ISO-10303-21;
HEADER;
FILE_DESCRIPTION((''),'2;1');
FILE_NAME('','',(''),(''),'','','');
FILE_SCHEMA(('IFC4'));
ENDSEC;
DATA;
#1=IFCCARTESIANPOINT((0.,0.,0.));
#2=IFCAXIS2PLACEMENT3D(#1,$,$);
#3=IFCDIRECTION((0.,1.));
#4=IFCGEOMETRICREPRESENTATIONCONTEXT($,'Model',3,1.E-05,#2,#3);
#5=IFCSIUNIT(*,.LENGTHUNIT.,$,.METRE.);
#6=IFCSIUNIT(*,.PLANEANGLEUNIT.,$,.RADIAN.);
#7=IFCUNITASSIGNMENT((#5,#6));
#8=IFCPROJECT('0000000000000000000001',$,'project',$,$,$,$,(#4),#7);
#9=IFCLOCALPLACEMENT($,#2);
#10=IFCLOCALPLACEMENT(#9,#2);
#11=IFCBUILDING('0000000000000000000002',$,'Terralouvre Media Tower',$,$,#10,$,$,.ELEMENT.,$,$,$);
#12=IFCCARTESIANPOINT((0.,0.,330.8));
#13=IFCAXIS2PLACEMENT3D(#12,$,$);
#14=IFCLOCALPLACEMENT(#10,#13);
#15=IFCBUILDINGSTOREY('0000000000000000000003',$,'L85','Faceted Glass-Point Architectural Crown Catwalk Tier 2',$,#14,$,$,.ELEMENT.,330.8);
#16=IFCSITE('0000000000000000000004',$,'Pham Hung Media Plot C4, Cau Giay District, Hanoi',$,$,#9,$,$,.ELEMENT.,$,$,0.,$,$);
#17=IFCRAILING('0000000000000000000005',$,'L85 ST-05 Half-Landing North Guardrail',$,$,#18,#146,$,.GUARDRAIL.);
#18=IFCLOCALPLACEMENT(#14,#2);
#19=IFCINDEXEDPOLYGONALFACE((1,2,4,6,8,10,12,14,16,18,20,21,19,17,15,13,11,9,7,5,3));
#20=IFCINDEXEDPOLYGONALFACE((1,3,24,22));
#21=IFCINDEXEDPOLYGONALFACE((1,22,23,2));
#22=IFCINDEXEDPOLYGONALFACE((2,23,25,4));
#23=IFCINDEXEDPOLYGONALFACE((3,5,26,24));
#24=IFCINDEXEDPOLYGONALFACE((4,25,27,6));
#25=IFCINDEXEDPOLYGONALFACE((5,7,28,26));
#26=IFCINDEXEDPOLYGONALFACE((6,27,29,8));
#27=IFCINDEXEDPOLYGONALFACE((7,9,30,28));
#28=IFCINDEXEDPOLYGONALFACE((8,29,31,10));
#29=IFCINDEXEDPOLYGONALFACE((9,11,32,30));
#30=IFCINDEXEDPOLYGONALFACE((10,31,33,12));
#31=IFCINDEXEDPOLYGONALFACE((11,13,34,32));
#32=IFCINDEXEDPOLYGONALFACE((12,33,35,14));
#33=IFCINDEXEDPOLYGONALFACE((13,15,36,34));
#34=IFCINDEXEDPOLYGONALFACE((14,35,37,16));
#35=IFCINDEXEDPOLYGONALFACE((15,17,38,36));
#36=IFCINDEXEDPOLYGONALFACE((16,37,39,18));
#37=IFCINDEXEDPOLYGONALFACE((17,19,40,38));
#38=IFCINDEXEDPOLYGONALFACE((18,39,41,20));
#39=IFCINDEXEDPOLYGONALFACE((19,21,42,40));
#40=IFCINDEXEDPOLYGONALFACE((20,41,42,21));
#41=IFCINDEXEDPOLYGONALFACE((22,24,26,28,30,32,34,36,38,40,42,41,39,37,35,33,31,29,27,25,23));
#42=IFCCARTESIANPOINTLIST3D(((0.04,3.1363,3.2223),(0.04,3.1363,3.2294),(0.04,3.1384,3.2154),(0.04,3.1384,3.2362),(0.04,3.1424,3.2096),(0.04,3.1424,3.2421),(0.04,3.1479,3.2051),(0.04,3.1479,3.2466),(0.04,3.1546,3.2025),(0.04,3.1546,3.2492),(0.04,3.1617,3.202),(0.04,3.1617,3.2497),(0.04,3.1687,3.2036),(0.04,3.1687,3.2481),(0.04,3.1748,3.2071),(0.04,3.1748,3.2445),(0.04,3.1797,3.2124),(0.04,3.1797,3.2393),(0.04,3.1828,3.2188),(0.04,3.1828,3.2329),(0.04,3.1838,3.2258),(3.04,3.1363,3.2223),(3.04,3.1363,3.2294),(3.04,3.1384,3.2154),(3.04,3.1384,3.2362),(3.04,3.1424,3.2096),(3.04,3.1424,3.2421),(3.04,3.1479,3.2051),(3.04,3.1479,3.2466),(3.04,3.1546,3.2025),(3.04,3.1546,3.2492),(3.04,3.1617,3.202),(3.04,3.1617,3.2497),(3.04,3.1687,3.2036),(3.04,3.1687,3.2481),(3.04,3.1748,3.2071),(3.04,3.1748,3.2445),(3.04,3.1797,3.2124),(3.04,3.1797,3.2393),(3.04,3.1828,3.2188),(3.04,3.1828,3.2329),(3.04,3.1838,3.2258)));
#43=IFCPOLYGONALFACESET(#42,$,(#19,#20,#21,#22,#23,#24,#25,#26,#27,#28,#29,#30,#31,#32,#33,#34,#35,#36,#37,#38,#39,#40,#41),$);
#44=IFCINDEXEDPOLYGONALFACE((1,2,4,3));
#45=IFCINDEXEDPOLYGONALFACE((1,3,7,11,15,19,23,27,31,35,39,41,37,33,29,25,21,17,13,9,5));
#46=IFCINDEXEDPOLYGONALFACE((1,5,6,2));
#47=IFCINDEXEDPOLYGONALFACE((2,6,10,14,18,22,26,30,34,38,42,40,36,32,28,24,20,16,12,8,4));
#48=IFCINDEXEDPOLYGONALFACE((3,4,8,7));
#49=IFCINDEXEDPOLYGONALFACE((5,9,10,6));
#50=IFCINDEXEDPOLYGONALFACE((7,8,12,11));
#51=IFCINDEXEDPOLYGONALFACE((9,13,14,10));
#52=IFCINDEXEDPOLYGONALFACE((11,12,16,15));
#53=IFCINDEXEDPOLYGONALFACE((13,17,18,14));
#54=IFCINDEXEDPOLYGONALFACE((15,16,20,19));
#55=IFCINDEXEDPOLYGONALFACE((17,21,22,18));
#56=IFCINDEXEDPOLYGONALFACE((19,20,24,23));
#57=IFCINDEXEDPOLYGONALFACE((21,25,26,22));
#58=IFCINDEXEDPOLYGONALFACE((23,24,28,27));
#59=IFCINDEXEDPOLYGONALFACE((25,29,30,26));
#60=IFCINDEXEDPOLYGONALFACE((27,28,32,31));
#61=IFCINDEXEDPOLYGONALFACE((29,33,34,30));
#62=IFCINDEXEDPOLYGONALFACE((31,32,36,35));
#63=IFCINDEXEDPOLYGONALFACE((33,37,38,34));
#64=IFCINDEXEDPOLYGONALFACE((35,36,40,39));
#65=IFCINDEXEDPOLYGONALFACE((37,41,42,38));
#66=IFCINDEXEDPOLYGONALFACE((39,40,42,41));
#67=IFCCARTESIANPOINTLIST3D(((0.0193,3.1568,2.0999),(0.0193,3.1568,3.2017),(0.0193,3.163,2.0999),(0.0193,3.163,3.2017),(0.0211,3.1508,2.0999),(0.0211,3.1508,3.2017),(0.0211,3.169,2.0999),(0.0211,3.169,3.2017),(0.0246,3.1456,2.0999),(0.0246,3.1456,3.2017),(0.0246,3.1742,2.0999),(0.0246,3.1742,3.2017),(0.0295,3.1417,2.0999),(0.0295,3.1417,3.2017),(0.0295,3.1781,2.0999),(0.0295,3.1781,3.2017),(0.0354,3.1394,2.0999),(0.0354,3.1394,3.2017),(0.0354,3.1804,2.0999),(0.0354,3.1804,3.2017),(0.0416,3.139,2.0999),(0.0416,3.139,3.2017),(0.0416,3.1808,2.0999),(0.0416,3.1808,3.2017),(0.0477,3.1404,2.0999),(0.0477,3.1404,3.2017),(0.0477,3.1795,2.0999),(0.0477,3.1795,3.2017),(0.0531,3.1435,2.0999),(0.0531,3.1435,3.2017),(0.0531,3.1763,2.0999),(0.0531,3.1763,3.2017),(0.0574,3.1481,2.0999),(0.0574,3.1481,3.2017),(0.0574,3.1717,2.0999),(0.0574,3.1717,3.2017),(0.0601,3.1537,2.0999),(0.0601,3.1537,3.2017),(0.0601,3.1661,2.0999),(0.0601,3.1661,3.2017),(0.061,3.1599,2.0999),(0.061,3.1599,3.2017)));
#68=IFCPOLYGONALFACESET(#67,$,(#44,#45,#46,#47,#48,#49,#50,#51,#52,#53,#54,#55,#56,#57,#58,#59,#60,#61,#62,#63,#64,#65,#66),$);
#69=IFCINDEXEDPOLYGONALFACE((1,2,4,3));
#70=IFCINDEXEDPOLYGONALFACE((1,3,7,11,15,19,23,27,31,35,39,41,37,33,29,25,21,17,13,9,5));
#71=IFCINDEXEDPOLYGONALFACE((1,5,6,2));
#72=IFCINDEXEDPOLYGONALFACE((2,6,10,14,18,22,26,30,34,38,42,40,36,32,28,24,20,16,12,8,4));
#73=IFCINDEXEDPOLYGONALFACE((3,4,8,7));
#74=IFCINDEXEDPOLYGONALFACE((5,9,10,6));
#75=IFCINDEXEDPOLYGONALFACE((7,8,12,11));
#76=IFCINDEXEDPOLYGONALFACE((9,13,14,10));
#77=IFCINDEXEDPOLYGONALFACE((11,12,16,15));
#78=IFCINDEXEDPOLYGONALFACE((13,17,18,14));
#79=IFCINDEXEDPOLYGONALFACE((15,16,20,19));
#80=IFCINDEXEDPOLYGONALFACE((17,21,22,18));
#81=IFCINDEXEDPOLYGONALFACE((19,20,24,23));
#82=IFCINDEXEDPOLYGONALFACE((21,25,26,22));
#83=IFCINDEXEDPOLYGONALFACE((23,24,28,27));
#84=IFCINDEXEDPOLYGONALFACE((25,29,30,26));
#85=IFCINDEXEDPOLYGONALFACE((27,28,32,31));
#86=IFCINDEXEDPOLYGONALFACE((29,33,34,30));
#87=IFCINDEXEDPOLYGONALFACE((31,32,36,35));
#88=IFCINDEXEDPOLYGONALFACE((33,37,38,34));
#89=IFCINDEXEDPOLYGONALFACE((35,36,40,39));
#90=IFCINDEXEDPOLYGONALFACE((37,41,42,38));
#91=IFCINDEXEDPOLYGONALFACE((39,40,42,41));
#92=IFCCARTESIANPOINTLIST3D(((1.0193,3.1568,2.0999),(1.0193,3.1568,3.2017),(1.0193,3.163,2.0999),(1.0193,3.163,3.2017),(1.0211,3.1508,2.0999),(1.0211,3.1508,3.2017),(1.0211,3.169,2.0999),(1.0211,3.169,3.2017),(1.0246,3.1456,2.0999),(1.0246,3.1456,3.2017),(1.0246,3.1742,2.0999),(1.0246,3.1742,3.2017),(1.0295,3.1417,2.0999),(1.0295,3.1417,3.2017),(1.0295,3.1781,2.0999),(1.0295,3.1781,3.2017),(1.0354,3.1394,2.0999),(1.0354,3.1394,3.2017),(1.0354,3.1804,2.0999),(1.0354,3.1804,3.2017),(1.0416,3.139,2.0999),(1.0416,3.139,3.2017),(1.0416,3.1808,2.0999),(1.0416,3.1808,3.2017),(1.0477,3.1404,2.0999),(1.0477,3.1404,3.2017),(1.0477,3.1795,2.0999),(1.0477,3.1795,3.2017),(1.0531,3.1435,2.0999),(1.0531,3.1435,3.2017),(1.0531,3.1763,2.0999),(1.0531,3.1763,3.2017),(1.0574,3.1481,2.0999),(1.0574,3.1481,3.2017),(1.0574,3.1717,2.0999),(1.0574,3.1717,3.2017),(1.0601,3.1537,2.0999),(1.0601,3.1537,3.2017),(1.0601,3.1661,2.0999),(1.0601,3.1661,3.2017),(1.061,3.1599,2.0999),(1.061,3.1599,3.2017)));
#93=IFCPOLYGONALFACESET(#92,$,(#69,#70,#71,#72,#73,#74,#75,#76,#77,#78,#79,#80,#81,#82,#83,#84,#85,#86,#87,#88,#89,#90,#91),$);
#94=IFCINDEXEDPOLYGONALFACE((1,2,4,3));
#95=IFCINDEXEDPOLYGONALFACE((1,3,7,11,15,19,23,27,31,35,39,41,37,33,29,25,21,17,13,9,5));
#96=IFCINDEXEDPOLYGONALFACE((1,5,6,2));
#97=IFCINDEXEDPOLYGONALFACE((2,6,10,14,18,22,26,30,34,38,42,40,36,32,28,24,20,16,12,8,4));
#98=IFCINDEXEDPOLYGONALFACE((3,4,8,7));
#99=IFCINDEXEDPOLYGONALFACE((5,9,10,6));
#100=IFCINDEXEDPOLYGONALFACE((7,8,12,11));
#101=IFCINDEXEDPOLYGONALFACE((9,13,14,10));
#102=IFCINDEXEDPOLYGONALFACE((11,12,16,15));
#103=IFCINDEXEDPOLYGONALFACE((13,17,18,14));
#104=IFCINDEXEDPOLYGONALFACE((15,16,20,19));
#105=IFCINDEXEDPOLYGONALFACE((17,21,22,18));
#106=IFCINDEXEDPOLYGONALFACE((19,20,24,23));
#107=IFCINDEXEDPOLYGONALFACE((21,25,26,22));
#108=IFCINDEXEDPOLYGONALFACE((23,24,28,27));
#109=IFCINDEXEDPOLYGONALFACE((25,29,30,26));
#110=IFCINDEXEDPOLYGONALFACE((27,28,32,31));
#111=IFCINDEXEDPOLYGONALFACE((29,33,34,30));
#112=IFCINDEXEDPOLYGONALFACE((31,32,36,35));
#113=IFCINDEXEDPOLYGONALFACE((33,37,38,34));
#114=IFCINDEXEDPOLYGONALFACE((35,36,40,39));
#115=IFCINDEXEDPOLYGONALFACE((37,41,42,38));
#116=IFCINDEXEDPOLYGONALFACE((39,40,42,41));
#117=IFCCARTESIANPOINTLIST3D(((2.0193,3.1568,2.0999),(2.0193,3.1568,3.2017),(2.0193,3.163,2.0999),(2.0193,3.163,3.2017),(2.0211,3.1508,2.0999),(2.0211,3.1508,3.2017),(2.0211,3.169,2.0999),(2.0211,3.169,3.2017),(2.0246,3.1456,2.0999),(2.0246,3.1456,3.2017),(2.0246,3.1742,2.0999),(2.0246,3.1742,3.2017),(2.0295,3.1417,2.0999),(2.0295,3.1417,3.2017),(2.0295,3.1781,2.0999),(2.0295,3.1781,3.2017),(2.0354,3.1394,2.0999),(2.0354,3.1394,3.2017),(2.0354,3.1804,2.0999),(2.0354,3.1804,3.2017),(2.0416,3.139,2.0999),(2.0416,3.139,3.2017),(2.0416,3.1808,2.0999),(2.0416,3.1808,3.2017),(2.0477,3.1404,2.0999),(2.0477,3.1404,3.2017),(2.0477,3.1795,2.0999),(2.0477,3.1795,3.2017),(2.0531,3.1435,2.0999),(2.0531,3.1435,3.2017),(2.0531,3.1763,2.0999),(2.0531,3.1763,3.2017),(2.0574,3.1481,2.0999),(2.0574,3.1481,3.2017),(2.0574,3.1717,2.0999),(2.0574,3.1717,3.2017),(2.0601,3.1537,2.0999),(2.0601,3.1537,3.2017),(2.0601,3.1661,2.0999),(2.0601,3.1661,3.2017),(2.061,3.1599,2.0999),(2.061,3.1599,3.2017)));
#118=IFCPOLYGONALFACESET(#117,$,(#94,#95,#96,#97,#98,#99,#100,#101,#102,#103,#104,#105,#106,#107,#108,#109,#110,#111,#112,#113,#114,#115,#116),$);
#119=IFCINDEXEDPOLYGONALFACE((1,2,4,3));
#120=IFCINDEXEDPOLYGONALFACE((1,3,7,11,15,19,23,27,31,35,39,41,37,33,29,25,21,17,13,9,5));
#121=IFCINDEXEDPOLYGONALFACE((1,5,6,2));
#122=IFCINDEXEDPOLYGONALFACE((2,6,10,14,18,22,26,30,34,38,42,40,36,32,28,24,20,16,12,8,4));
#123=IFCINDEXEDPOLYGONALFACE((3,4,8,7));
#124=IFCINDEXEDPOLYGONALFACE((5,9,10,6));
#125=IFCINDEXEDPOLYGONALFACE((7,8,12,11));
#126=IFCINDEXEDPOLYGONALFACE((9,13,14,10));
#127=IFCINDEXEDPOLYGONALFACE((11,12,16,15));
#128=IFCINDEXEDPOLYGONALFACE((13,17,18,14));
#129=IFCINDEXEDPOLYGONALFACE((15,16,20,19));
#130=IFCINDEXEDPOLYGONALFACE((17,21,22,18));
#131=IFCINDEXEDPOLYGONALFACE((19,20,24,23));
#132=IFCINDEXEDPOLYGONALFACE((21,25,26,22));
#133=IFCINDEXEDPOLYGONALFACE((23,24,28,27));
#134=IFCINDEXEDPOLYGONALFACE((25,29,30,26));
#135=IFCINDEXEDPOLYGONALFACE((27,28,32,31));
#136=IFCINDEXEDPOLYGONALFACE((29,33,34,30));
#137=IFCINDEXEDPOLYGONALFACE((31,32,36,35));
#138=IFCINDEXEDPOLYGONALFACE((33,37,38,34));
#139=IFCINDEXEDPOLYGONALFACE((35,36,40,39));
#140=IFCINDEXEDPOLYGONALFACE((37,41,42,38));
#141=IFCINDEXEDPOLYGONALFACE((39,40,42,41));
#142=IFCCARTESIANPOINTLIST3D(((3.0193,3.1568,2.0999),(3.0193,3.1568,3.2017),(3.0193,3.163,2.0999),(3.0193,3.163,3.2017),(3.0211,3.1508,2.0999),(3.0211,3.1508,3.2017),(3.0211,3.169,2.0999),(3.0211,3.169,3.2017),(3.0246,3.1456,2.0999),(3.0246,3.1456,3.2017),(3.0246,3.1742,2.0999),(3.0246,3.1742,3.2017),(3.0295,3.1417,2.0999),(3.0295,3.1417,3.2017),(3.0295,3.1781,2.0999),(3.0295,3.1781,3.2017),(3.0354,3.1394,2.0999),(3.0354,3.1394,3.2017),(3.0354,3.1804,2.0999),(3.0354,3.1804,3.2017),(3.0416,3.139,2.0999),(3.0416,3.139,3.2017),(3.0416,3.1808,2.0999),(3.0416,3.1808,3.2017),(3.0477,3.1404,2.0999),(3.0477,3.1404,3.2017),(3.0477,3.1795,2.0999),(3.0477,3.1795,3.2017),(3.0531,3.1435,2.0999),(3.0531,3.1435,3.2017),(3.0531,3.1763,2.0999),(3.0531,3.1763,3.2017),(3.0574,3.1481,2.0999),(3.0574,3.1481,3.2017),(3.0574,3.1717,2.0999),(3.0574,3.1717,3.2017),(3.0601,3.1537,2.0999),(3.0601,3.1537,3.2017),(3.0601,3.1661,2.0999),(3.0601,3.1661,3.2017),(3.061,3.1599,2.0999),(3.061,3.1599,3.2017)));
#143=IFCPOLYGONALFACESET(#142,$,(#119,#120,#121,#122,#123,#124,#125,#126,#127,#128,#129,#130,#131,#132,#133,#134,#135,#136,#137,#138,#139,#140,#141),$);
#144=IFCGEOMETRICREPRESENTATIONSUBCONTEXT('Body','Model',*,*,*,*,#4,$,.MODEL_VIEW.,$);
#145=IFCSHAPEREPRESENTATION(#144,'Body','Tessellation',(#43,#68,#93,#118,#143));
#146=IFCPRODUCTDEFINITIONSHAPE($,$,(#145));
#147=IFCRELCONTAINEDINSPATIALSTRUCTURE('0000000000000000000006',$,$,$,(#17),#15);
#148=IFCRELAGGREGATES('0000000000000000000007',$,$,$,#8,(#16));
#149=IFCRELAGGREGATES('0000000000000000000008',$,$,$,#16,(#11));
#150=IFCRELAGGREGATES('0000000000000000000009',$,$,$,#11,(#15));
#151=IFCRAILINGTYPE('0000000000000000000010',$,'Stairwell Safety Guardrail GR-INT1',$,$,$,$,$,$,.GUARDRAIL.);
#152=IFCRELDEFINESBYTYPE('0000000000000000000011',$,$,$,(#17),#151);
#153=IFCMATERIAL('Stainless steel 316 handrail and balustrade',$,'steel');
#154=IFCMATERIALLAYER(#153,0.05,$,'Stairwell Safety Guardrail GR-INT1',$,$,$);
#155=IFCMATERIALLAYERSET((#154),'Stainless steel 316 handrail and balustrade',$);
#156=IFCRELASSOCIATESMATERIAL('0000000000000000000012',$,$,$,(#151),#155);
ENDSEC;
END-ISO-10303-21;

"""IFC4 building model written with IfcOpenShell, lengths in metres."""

from ifc_helpers import new_model, si_unit, direction, frame, origin, origin_2d, place, context, subcontext, project, spatial, circle, extrude, material, layer, layer_set, type_object, element, save


model = new_model("IFC4")

# Units and contexts
model_context = context("Model", 3, precision=1e-05, world=origin(), true_north=direction((0.0, 1.0)))
body_context = subcontext(model_context, "Body", "Model", "MODEL_VIEW")
ifc_project = project(units=[si_unit("LENGTHUNIT", "METRE"), si_unit("PLANEANGLEUNIT", "RADIAN")], contexts=[model_context])

# Site, building, storey
site_placement = place(None, origin())
site = spatial("IfcSite", under=ifc_project, at=site_placement, Name="Pham Hung Media Plot C4, Cau Giay District, Hanoi", CompositionType="ELEMENT", RefElevation=0.0)
building_placement = place(site_placement, origin())
building = spatial("IfcBuilding", under=site, at=building_placement, Name="Terralouvre Media Tower", CompositionType="ELEMENT")
storey_placement = place(building_placement, frame((0.0, 0.0, 330.8)))
storey = spatial("IfcBuildingStorey", under=building, at=storey_placement, Name="L85", Description="Faceted Glass-Point Architectural Crown Catwalk Tier 2", CompositionType="ELEMENT", Elevation=330.8)

# Railing
ifc_material_1 = material(Name="Stainless steel 316 handrail and balustrade", Category="steel")
ifc_layer_1 = layer(ifc_material_1, 0.05, Name="Stairwell Safety Guardrail GR-INT1")
ifc_layer_set_1 = layer_set([ifc_layer_1], Name="Stainless steel 316 handrail and balustrade")
railing_type_1 = type_object("IfcRailingType", Name="Stairwell Safety Guardrail GR-INT1", PredefinedType="GUARDRAIL", material=ifc_layer_set_1)
railing_1_placement = place(storey_placement, frame((0.04, 3.1599, 2.0999)))
element("IfcRailing", 1, at=railing_1_placement, inside=storey, type_object=railing_type_1, Name="L85 ST-05 Half-Landing North Guardrail", PredefinedType="GUARDRAIL", context=body_context, shape_type="SweptSolid", body=[
    extrude(circle(Radius=0.0239, at=origin_2d()), frame((0.0, 0.0, 1.126), z_axis=(1.0, 0.0, 0.0), x_axis=(0.0, 1.0, 0.0)), (0.0, 0.0, 1.0), 3.0),
    extrude(circle(Radius=0.021, at=origin_2d()), origin(), (0.0, 0.0, 1.0), 1.1018),
    extrude(circle(Radius=0.021, at=origin_2d()), frame((1.0, 0.0, 0.0)), (0.0, 0.0, 1.0), 1.1018),
    extrude(circle(Radius=0.021, at=origin_2d()), frame((2.0, 0.0, 0.0)), (0.0, 0.0, 1.0), 1.1018),
    extrude(circle(Radius=0.021, at=origin_2d()), frame((3.0, 0.0, 0.0)), (0.0, 0.0, 1.0), 1.1018),
])

save(model, "model.ifc")
